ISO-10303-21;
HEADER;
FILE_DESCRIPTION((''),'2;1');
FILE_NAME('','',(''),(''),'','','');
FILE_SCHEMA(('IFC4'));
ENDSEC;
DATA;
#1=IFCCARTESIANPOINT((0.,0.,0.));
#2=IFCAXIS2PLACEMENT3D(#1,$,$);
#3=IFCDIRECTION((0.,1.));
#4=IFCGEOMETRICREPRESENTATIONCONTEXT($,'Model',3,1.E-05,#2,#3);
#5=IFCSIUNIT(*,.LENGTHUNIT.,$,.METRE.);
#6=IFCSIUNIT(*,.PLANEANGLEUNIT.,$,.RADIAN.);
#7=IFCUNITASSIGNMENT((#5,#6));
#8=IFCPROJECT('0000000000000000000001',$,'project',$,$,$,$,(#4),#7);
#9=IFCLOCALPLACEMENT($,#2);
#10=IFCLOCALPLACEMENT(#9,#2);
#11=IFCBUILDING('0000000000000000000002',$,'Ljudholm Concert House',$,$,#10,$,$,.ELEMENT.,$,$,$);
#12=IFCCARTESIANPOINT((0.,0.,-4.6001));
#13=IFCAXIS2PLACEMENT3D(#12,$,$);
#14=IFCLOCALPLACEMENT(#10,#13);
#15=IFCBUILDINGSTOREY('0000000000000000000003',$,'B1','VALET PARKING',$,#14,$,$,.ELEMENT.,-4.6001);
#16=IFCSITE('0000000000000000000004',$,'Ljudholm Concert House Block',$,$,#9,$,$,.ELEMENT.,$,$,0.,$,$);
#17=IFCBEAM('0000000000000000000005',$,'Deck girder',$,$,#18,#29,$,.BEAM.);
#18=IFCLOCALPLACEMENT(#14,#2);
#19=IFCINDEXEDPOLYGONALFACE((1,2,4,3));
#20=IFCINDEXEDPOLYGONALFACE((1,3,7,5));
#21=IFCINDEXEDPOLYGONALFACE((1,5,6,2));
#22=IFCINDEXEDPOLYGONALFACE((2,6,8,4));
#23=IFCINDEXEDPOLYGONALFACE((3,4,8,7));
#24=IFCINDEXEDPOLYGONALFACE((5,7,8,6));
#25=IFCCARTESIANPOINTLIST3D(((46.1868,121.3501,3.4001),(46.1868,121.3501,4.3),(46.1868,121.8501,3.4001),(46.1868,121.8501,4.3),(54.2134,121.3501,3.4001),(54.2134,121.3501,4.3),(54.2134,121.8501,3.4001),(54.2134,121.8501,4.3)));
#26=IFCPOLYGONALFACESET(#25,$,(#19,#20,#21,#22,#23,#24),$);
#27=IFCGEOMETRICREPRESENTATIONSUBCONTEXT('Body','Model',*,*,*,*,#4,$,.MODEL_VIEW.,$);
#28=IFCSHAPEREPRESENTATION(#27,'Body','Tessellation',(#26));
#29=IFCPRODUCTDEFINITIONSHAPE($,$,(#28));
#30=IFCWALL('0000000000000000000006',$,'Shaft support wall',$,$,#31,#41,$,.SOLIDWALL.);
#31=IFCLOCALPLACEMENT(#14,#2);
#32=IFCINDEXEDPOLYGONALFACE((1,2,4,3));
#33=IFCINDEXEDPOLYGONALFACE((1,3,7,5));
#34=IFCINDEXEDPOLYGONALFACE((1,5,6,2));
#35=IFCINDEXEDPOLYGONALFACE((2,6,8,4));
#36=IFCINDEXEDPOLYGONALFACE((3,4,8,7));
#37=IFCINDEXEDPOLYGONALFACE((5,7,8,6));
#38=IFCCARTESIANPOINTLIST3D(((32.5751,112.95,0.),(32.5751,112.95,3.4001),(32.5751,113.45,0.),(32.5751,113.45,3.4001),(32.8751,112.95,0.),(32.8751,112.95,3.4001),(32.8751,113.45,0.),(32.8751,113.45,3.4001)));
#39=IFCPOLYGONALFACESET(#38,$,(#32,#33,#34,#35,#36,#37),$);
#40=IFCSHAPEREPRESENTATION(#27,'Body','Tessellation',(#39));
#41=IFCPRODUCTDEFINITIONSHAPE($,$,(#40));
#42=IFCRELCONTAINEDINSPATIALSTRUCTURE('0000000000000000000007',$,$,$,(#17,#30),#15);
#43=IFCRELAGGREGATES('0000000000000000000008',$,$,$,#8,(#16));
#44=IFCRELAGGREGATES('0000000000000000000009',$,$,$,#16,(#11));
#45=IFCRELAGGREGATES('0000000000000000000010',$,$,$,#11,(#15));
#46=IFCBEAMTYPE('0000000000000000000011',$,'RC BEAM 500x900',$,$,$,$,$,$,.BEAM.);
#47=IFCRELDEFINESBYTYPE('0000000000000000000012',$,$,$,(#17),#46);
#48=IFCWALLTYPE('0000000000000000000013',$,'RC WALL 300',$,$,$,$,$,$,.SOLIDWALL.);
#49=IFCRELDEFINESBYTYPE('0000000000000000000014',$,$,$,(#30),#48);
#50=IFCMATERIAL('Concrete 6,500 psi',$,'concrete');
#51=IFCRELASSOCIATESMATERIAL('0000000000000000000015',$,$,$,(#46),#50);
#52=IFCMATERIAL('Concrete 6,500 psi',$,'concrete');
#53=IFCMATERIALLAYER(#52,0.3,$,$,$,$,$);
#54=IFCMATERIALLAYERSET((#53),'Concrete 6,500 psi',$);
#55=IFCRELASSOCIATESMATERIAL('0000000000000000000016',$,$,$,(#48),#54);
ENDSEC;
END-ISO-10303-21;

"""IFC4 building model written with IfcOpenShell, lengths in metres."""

from ifc_helpers import new_model, si_unit, direction, frame, frame_2d, origin, origin_2d, place, context, subcontext, project, spatial, rectangle, extrude, material, layer, layer_set, material_profile, profile_set, type_object, element, save


model = new_model("IFC4")

# Units and contexts
model_context = context("Model", 3, precision=1e-05, world=origin(), true_north=direction((0.0, 1.0)))
body_context = subcontext(model_context, "Body", "Model", "MODEL_VIEW")
ifc_project = project(units=[si_unit("LENGTHUNIT", "METRE"), si_unit("PLANEANGLEUNIT", "RADIAN")], contexts=[model_context])

# Site, building, storey
site_placement = place(None, origin())
site = spatial("IfcSite", under=ifc_project, at=site_placement, Name="Ljudholm Concert House Block", CompositionType="ELEMENT", RefElevation=0.0)
building_placement = place(site_placement, origin())
building = spatial("IfcBuilding", under=site, at=building_placement, Name="Ljudholm Concert House", CompositionType="ELEMENT")
storey_placement = place(building_placement, frame((0.0, 0.0, -4.6001)))
storey = spatial("IfcBuildingStorey", under=building, at=storey_placement, Name="B1", Description="VALET PARKING", CompositionType="ELEMENT", Elevation=-4.6001)

# Beam
ifc_material_1 = material(Name="Concrete 6,500 psi", Category="concrete")
ifc_material_profile_1 = material_profile(ifc_material_1, rectangle(XDim=0.5, YDim=0.8999, at=origin_2d()), Name="RC BEAM 500x900")
ifc_profile_set_1 = profile_set([ifc_material_profile_1], Name="Concrete 6,500 psi")
beam_type_1 = type_object("IfcBeamType", Name="RC BEAM 500x900", PredefinedType="BEAM", material=ifc_profile_set_1)
for number, where, z_axis, x_axis, name in (
    (1, (46.1868, 121.6001, 3.8501), (1.0, 0.0, 0.0), (0.0, 1.0, 0.0), "Deck girder"),
):
    element("IfcBeam", number, at=place(storey_placement, frame(where, z_axis=z_axis, x_axis=x_axis)), inside=storey, type_object=beam_type_1, Name=name, PredefinedType="BEAM", context=body_context, shape_type="SweptSolid", body=[
        extrude(rectangle(XDim=0.5, YDim=0.8999, at=origin_2d()), origin(), (0.0, 0.0, 1.0), 8.0266),
    ])

# Wall
ifc_material_2 = material(Name="Concrete 6,500 psi", Category="concrete")
ifc_layer = layer(ifc_material_2, 0.3)
ifc_layer_set = layer_set([ifc_layer], Name="Concrete 6,500 psi")
wall_type = type_object("IfcWallType", Name="RC WALL 300", PredefinedType="SOLIDWALL", material=ifc_layer_set)
wall_1_placement = place(storey_placement, frame((32.7251, 112.95, 0.0), z_axis=(0.0, 0.0, 1.0), x_axis=(0.0, 1.0, 0.0)))
element("IfcWall", 2, at=wall_1_placement, inside=storey, type_object=wall_type, Name="Shaft support wall", PredefinedType="SOLIDWALL", context=body_context, shape_type="SweptSolid", body=[
    extrude(rectangle(XDim=0.5, YDim=0.3, at=frame_2d((0.25, 0.0))), origin(), (0.0, 0.0, 1.0), 3.4001),
])

save(model, "model.ifc")
